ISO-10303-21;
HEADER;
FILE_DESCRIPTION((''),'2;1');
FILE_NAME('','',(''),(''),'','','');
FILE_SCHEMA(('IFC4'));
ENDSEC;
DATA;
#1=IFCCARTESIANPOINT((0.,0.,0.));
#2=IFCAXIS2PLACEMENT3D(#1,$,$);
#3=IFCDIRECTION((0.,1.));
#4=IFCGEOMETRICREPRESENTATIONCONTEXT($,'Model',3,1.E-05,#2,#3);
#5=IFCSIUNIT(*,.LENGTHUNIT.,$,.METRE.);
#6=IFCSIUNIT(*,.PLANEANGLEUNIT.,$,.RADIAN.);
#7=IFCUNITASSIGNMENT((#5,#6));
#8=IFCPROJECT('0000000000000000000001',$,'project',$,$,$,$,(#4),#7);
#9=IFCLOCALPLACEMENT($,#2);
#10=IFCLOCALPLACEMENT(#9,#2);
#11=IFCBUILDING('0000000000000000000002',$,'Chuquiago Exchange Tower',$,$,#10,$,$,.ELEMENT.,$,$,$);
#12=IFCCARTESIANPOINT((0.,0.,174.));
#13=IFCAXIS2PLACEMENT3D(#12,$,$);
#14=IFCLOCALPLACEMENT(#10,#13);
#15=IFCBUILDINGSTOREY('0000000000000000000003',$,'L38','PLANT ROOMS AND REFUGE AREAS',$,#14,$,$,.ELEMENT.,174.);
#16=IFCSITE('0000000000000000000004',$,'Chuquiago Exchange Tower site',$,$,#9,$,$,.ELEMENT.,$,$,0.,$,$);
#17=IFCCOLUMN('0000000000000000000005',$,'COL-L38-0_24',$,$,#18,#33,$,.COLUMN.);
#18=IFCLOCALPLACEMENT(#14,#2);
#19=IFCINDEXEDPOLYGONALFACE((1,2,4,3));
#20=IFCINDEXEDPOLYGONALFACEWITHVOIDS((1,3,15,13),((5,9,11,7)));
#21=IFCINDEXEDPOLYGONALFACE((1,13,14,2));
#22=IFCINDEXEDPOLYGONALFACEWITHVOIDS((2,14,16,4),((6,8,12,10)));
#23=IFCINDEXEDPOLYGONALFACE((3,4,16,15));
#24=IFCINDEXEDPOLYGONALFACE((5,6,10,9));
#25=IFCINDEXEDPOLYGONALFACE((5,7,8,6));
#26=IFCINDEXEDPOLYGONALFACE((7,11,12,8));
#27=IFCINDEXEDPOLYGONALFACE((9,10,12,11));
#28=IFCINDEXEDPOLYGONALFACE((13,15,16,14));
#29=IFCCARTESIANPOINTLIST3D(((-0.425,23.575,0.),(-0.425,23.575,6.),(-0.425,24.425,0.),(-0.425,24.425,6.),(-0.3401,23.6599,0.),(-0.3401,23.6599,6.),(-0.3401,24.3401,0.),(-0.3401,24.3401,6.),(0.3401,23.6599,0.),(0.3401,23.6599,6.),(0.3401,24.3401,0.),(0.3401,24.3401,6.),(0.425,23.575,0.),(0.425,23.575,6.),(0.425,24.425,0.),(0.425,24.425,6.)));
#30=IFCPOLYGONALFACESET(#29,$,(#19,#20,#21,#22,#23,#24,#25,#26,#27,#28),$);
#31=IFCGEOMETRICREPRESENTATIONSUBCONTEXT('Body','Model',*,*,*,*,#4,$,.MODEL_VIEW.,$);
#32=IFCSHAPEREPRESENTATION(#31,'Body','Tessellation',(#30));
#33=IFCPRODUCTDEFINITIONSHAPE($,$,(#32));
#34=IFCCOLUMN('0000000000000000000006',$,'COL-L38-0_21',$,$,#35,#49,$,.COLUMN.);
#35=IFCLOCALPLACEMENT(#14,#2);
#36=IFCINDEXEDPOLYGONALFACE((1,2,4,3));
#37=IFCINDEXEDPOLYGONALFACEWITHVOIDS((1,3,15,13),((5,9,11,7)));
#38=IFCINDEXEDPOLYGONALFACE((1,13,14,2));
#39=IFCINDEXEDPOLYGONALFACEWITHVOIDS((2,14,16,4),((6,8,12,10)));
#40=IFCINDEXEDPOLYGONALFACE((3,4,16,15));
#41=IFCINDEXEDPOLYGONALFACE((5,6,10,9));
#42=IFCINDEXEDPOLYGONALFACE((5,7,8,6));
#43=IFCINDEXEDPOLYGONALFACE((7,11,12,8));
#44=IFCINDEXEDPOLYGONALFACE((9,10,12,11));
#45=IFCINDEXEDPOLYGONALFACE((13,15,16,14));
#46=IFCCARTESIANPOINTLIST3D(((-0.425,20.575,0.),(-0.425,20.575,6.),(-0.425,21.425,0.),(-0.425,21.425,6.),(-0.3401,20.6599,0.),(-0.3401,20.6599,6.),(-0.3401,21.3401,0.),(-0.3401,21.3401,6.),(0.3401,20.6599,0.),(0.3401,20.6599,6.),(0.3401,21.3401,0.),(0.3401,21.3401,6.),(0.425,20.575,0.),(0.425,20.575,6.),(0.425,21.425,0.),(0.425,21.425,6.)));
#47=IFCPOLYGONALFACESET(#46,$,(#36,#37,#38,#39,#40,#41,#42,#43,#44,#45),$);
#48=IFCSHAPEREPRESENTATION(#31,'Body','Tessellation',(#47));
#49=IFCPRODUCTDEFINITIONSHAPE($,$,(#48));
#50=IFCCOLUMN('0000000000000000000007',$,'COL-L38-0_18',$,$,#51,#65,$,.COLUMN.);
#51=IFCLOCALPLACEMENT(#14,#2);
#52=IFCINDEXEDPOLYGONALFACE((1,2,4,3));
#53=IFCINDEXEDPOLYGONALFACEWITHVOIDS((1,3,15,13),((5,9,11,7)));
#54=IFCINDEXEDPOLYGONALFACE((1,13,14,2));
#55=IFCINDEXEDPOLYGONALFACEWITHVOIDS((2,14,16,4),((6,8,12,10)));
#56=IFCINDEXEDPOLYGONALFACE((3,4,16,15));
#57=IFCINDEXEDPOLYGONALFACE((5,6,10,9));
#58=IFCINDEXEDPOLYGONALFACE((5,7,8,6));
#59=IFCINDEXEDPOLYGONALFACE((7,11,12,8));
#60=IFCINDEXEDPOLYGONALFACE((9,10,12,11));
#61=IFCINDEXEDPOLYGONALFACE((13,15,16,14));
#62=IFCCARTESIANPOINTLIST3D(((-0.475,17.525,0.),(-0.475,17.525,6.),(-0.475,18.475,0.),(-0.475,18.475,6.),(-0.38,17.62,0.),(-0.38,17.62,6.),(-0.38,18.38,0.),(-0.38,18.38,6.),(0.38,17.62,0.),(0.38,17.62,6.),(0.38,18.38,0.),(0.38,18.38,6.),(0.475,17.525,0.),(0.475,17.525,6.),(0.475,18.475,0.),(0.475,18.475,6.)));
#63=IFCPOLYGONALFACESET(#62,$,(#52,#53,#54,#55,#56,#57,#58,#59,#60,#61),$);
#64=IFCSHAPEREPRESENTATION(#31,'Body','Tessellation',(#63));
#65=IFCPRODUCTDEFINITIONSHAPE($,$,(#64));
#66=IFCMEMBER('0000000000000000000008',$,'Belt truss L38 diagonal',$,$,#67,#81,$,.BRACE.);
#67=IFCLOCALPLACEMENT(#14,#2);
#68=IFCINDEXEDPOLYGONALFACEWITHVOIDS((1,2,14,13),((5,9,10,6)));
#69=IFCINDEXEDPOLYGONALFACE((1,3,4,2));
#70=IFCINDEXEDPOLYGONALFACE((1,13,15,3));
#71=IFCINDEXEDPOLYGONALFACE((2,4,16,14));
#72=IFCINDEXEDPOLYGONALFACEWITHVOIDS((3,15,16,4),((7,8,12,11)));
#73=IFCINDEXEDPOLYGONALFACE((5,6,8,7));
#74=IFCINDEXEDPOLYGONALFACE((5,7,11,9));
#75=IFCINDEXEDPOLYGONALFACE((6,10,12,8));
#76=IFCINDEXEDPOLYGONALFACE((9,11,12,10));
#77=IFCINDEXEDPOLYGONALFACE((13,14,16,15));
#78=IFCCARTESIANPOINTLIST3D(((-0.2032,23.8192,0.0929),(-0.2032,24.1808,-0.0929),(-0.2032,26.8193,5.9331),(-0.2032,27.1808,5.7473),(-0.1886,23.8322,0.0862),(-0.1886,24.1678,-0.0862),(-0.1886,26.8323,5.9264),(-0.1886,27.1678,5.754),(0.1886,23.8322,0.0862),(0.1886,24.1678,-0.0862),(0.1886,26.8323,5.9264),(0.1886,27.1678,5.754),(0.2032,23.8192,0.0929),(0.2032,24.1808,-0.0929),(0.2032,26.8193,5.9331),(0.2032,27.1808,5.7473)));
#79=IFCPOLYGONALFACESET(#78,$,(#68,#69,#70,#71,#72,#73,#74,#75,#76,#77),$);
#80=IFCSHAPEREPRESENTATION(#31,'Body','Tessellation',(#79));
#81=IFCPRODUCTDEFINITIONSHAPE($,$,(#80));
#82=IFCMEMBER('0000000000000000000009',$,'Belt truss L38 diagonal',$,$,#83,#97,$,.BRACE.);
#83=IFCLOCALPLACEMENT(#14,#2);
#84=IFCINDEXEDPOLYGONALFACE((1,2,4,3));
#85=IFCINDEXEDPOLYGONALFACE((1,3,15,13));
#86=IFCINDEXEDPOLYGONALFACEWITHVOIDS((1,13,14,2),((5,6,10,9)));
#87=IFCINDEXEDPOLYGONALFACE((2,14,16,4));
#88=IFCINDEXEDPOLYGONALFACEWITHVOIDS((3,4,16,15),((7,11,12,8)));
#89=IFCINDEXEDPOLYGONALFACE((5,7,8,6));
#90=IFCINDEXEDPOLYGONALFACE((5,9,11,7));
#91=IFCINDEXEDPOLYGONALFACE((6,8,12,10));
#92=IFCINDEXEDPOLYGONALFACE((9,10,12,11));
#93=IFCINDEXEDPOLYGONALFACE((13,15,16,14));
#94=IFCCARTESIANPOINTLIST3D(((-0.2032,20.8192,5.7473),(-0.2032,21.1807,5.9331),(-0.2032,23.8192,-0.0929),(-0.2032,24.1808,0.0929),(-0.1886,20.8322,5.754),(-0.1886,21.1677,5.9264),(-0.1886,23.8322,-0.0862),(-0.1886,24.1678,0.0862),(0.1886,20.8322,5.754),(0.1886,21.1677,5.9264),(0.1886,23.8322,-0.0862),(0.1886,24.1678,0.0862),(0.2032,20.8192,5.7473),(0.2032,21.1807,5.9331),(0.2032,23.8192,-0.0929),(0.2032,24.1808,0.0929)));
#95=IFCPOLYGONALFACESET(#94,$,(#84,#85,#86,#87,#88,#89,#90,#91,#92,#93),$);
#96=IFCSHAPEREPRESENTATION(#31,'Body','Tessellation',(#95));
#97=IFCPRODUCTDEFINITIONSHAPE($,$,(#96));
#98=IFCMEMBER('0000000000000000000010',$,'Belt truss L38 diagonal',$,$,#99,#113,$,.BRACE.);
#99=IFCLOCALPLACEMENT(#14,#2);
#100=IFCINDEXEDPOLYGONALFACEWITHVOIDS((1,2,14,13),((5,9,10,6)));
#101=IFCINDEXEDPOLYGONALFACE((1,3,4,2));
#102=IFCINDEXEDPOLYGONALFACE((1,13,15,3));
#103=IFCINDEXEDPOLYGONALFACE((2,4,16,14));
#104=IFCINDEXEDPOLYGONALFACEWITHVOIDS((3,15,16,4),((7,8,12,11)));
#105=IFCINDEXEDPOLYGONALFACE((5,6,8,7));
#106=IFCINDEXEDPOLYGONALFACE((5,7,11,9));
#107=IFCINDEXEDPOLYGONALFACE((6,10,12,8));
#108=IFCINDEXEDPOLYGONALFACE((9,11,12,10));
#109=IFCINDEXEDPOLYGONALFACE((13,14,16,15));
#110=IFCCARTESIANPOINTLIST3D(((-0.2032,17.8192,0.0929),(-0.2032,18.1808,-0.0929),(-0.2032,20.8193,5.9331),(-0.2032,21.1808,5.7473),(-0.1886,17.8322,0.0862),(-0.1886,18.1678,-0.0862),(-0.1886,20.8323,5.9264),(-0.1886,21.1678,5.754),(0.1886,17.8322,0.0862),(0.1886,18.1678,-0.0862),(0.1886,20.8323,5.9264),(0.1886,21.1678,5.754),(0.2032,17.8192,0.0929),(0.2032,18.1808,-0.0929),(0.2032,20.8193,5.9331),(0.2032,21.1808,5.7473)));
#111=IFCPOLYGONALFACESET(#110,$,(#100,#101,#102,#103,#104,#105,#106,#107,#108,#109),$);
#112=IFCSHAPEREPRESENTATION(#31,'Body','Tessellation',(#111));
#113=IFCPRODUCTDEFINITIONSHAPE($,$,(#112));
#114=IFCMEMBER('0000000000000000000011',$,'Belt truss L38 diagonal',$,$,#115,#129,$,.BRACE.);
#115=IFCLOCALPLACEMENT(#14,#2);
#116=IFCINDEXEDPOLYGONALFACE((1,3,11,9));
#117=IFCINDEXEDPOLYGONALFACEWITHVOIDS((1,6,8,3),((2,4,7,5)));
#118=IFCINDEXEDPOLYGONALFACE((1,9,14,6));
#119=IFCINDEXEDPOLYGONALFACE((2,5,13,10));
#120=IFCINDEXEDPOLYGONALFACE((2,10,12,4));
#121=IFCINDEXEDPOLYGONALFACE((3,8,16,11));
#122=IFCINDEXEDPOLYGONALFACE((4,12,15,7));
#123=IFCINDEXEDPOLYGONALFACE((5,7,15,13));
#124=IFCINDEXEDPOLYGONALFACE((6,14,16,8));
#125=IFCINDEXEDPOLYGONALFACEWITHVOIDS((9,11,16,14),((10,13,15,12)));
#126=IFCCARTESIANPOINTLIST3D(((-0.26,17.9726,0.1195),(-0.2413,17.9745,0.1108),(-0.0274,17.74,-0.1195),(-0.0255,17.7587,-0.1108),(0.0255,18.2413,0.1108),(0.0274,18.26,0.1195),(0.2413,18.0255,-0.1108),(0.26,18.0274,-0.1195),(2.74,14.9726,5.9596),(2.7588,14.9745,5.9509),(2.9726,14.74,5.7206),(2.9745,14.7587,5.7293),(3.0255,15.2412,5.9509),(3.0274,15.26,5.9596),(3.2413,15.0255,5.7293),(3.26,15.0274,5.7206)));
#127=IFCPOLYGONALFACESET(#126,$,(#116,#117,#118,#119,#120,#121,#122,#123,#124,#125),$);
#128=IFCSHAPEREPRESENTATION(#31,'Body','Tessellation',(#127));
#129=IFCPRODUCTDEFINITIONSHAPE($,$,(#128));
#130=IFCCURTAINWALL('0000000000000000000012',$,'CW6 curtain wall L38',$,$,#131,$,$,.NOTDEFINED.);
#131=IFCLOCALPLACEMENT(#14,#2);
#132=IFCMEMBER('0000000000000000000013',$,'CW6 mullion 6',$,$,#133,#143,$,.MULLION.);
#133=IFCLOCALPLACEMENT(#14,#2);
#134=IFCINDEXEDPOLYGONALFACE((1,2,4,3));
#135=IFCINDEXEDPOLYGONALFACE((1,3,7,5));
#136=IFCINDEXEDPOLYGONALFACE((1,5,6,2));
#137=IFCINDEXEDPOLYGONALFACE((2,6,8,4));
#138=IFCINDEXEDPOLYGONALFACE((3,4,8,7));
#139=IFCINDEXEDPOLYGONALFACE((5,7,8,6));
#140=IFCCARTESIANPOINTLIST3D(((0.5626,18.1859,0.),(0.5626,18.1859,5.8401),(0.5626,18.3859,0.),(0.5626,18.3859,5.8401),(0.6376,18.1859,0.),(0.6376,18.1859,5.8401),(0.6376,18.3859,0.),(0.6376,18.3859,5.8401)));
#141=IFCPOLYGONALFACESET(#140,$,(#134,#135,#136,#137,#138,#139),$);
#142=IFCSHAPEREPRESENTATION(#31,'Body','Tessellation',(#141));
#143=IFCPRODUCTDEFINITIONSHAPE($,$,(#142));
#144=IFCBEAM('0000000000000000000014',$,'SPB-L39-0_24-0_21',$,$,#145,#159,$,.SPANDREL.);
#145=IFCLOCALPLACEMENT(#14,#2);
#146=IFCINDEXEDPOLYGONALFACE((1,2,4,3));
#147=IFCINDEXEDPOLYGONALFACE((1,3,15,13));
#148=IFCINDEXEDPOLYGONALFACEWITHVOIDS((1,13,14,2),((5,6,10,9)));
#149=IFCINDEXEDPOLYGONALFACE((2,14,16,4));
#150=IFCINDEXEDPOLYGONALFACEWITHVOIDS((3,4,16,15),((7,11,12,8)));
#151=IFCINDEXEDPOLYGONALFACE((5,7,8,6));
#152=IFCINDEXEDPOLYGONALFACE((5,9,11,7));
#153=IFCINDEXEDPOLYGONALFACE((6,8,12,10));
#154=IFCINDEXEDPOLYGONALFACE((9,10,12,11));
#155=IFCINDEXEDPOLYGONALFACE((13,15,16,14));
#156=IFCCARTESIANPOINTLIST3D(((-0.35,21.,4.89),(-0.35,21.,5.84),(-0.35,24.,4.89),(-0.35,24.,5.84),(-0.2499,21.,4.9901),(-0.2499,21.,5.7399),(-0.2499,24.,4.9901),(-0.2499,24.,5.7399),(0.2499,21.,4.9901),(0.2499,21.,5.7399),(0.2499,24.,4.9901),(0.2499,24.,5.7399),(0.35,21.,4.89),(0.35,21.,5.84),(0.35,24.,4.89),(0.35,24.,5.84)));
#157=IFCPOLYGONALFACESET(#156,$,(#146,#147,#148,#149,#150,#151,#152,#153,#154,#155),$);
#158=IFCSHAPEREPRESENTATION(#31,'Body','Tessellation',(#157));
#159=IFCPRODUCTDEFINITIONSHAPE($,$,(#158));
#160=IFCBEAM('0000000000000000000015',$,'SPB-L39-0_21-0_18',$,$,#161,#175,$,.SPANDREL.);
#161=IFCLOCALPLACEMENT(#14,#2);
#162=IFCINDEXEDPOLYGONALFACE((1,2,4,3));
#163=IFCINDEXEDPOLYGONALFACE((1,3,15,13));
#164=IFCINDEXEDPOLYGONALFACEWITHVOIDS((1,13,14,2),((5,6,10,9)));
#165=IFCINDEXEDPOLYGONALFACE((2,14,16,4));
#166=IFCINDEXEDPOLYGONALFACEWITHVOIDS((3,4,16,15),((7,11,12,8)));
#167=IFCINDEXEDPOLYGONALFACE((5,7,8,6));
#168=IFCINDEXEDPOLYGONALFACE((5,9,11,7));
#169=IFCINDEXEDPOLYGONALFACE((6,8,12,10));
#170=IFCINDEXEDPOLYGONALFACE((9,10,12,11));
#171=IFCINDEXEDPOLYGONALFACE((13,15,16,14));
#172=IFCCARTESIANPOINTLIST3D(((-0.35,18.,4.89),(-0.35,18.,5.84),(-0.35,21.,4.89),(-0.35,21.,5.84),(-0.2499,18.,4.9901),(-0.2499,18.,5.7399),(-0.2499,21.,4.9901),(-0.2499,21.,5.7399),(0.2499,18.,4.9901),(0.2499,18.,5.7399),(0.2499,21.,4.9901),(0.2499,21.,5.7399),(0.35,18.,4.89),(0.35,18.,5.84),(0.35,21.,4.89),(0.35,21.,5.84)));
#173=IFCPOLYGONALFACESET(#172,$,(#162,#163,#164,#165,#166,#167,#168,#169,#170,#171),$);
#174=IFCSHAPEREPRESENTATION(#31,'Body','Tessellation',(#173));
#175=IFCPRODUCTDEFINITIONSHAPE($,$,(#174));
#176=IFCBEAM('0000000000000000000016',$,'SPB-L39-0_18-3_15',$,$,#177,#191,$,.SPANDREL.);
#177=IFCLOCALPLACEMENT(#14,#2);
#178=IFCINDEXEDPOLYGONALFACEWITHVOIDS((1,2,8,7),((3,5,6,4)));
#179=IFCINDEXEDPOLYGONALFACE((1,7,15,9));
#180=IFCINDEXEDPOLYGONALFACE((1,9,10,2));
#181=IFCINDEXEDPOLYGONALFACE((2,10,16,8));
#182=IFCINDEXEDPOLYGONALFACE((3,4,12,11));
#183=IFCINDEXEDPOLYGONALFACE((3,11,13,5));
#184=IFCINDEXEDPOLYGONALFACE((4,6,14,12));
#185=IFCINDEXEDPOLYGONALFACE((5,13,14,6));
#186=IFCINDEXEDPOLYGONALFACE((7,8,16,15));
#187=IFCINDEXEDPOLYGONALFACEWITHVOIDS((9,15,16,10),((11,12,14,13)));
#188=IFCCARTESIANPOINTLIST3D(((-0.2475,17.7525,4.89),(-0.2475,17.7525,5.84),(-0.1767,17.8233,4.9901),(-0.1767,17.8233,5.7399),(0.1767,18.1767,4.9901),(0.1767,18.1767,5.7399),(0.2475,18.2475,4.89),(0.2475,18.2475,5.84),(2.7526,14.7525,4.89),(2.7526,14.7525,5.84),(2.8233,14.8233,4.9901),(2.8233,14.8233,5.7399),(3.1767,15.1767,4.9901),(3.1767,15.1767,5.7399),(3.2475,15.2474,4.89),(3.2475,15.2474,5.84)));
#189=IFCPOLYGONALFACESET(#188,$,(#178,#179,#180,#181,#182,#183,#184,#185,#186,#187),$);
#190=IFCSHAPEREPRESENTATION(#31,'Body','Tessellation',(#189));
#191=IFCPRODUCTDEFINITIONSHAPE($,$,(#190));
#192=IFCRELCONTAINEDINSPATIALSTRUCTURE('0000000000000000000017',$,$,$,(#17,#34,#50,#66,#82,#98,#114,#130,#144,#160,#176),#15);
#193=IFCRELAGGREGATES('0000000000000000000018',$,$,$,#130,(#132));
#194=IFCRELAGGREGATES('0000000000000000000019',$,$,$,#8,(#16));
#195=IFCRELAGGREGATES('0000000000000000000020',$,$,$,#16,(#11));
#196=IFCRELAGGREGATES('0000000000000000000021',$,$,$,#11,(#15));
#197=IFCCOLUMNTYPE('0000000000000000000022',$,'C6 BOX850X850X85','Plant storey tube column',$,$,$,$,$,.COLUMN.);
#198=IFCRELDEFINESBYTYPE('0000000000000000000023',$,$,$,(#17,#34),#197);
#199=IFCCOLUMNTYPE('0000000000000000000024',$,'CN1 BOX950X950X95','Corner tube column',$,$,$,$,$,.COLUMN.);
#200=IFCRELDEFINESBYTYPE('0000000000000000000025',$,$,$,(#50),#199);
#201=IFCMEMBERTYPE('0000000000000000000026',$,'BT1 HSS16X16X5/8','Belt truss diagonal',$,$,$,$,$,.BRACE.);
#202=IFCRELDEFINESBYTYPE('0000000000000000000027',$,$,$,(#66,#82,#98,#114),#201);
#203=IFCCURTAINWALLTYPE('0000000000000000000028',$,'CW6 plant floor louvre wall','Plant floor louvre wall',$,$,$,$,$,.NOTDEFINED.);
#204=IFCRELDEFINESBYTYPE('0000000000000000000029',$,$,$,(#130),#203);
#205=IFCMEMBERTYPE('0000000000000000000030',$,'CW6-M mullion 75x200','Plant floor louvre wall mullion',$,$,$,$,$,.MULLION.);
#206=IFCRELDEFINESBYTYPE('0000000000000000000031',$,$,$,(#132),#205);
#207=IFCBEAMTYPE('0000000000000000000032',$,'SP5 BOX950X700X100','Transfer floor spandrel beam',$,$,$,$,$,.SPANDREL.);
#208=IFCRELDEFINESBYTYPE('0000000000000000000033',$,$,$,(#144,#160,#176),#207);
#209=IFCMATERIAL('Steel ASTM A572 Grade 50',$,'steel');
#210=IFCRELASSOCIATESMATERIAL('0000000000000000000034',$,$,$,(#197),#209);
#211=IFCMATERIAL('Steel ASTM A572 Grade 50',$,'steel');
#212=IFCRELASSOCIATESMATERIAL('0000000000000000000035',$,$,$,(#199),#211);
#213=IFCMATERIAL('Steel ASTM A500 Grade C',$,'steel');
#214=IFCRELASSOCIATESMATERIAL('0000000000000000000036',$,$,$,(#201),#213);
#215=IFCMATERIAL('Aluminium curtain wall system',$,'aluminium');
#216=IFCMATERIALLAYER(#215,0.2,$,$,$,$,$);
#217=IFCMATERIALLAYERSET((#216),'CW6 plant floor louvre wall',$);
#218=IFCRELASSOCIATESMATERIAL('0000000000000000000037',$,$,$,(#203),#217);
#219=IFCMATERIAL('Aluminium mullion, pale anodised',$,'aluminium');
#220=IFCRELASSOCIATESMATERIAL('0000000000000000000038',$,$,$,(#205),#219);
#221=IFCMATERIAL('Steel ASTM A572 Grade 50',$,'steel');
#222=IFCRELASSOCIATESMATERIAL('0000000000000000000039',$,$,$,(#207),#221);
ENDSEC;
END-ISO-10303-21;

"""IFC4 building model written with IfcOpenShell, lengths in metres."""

from ifc_helpers import new_model, si_unit, direction, frame, origin, origin_2d, place, context, subcontext, project, spatial, rectangle, hollow_rectangle, extrude, material, layer, layer_set, material_profile, profile_set, type_object, element, aggregate, save


model = new_model("IFC4")

# Units and contexts
model_context = context("Model", 3, precision=1e-05, world=origin(), true_north=direction((0.0, 1.0)))
body_context = subcontext(model_context, "Body", "Model", "MODEL_VIEW")
ifc_project = project(units=[si_unit("LENGTHUNIT", "METRE"), si_unit("PLANEANGLEUNIT", "RADIAN")], contexts=[model_context])

# Site, building, storey
site_placement = place(None, origin())
site = spatial("IfcSite", under=ifc_project, at=site_placement, Name="Chuquiago Exchange Tower site", CompositionType="ELEMENT", RefElevation=0.0)
building_placement = place(site_placement, origin())
building = spatial("IfcBuilding", under=site, at=building_placement, Name="Chuquiago Exchange Tower", CompositionType="ELEMENT")
storey_placement = place(building_placement, frame((0.0, 0.0, 174.0)))
storey = spatial("IfcBuildingStorey", under=building, at=storey_placement, Name="L38", Description="PLANT ROOMS AND REFUGE AREAS", CompositionType="ELEMENT", Elevation=174.0)

# Columns
ifc_material_1 = material(Name="Steel ASTM A572 Grade 50", Category="steel")
ifc_material_profile_1 = material_profile(ifc_material_1, hollow_rectangle(XDim=0.8501, YDim=0.8501, WallThickness=0.085, at=origin_2d()), Name="BOX850X850X85")
ifc_profile_set_1 = profile_set([ifc_material_profile_1], Name="Steel ASTM A572 Grade 50")
column_type_1 = type_object("IfcColumnType", Name="C6 BOX850X850X85", Description="Plant storey tube column", PredefinedType="COLUMN", material=ifc_profile_set_1)
for number, where, z_axis, x_axis, name in (
    (1, (0.0, 24.0, 0.0), (0.0, 0.0, 1.0), (-1.0, 0.0, 0.0), "COL-L38-0_24"),
    (2, (0.0, 21.0, 0.0), (0.0, 0.0, 1.0), (-1.0, 0.0, 0.0), "COL-L38-0_21"),
):
    element("IfcColumn", number, at=place(storey_placement, frame(where, z_axis=z_axis, x_axis=x_axis)), inside=storey, type_object=column_type_1, Name=name, PredefinedType="COLUMN", context=body_context, shape_type="SweptSolid", body=[
        extrude(hollow_rectangle(XDim=0.8501, YDim=0.8501, WallThickness=0.085, at=origin_2d()), origin(), (0.0, 0.0, 1.0), 6.0),
    ])
ifc_material_2 = material(Name="Steel ASTM A572 Grade 50", Category="steel")
ifc_material_profile_2 = material_profile(ifc_material_2, hollow_rectangle(XDim=0.95, YDim=0.95, WallThickness=0.095, at=origin_2d()), Name="BOX950X950X95")
ifc_profile_set_2 = profile_set([ifc_material_profile_2], Name="Steel ASTM A572 Grade 50")
column_type_2 = type_object("IfcColumnType", Name="CN1 BOX950X950X95", Description="Corner tube column", PredefinedType="COLUMN", material=ifc_profile_set_2)
column_placement = place(storey_placement, frame((0.0, 18.0, 0.0), z_axis=(0.0, 0.0, 1.0), x_axis=(-1.0, 0.0, 0.0)))
element("IfcColumn", 3, at=column_placement, inside=storey, type_object=column_type_2, Name="COL-L38-0_18", PredefinedType="COLUMN", context=body_context, shape_type="SweptSolid", body=[
    extrude(hollow_rectangle(XDim=0.95, YDim=0.95, WallThickness=0.095, at=origin_2d()), origin(), (0.0, 0.0, 1.0), 6.0),
])

# Members
ifc_material_3 = material(Name="Steel ASTM A500 Grade C", Category="steel")
ifc_material_profile_3 = material_profile(ifc_material_3, hollow_rectangle(XDim=0.4065, YDim=0.4065, WallThickness=0.0146, at=origin_2d()), Name="HSS16X16X5/8")
ifc_profile_set_3 = profile_set([ifc_material_profile_3], Name="Steel ASTM A500 Grade C")
member_type_1 = type_object("IfcMemberType", Name="BT1 HSS16X16X5/8", Description="Belt truss diagonal", PredefinedType="BRACE", material=ifc_profile_set_3)
for number, where, z_axis, x_axis, name in (
    (4, (0.0, 24.0, 0.0), (0.0, 0.45693, 0.889503), (-1.0, 0.0, 0.0), "Belt truss L38 diagonal"),
    (5, (0.0, 24.0, 0.0), (0.0, -0.45693, 0.889503), (1.0, 0.0, 0.0), "Belt truss L38 diagonal"),
    (6, (0.0, 18.0, 0.0), (0.0, 0.45693, 0.889503), (-1.0, 0.0, 0.0), "Belt truss L38 diagonal"),
):
    element("IfcMember", number, at=place(storey_placement, frame(where, z_axis=z_axis, x_axis=x_axis)), inside=storey, type_object=member_type_1, Name=name, PredefinedType="BRACE", context=body_context, shape_type="SweptSolid", body=[
        extrude(hollow_rectangle(XDim=0.4065, YDim=0.4065, WallThickness=0.0146, at=origin_2d()), origin(), (0.0, 0.0, 1.0), 6.5657),
    ])
member_1_placement = place(storey_placement, frame((0.0, 18.0, 0.0), z_axis=(0.415599, -0.415599, 0.809045), x_axis=(0.707107, 0.707107, 0.0)))
element("IfcMember", 7, at=member_1_placement, inside=storey, type_object=member_type_1, Name="Belt truss L38 diagonal", PredefinedType="BRACE", context=body_context, shape_type="SweptSolid", body=[
    extrude(hollow_rectangle(XDim=0.4065, YDim=0.4065, WallThickness=0.0146, at=origin_2d()), origin(), (0.0, 0.0, 1.0), 7.2185),
])

# Curtain wall, member
ifc_material_4 = material(Name="Aluminium curtain wall system", Category="aluminium")
ifc_layer_1 = layer(ifc_material_4, 0.2)
ifc_layer_set_1 = layer_set([ifc_layer_1], Name="CW6 plant floor louvre wall")
curtain_wall_type = type_object("IfcCurtainWallType", Name="CW6 plant floor louvre wall", Description="Plant floor louvre wall", PredefinedType="NOTDEFINED", material=ifc_layer_set_1)
curtain_wall_placement = place(storey_placement, origin())
curtain_wall = element("IfcCurtainWall", 8, at=curtain_wall_placement, inside=storey, type_object=curtain_wall_type, Name="CW6 curtain wall L38", PredefinedType="NOTDEFINED")
ifc_material_5 = material(Name="Aluminium mullion, pale anodised", Category="aluminium")
ifc_material_profile_4 = material_profile(ifc_material_5, rectangle(XDim=0.075, YDim=0.2, at=origin_2d()), Name="AL 75x200")
ifc_profile_set_4 = profile_set([ifc_material_profile_4], Name="Aluminium mullion, pale anodised")
member_type_2 = type_object("IfcMemberType", Name="CW6-M mullion 75x200", Description="Plant floor louvre wall mullion", PredefinedType="MULLION", material=ifc_profile_set_4)
member_2_placement = place(storey_placement, frame((0.6001, 18.2859, 0.0), z_axis=(0.0, 0.0, 1.0), x_axis=(1.0, 0.0, 0.0)))
member_2 = element("IfcMember", 9, at=member_2_placement, type_object=member_type_2, Name="CW6 mullion 6", PredefinedType="MULLION", context=body_context, shape_type="SweptSolid", body=[
    extrude(rectangle(XDim=0.075, YDim=0.2, at=origin_2d()), origin(), (0.0, 0.0, 1.0), 5.8401),
])
aggregate(curtain_wall, [member_2])

# Beams
ifc_material_6 = material(Name="Steel ASTM A572 Grade 50", Category="steel")
ifc_material_profile_5 = material_profile(ifc_material_6, hollow_rectangle(XDim=0.7, YDim=0.95, WallThickness=0.1001, at=origin_2d()), Name="BOX950X700X100")
ifc_profile_set_5 = profile_set([ifc_material_profile_5], Name="Steel ASTM A572 Grade 50")
beam_type = type_object("IfcBeamType", Name="SP5 BOX950X700X100", Description="Transfer floor spandrel beam", PredefinedType="SPANDREL", material=ifc_profile_set_5)
for number, where, z_axis, x_axis, name in (
    (10, (0.0, 24.0, 5.365), (0.0, -1.0, 0.0), (1.0, 0.0, 0.0), "SPB-L39-0_24-0_21"),
    (11, (0.0, 21.0, 5.365), (0.0, -1.0, 0.0), (1.0, 0.0, 0.0), "SPB-L39-0_21-0_18"),
):
    element("IfcBeam", number, at=place(storey_placement, frame(where, z_axis=z_axis, x_axis=x_axis)), inside=storey, type_object=beam_type, Name=name, PredefinedType="SPANDREL", context=body_context, shape_type="SweptSolid", body=[
        extrude(hollow_rectangle(XDim=0.7, YDim=0.95, WallThickness=0.1001, at=origin_2d()), origin(), (0.0, 0.0, 1.0), 3.0),
    ])
beam_placement = place(storey_placement, frame((0.0, 18.0, 5.365), z_axis=(0.707107, -0.707107, 0.0), x_axis=(0.707107, 0.707107, 0.0)))
element("IfcBeam", 12, at=beam_placement, inside=storey, type_object=beam_type, Name="SPB-L39-0_18-3_15", PredefinedType="SPANDREL", context=body_context, shape_type="SweptSolid", body=[
    extrude(hollow_rectangle(XDim=0.7, YDim=0.95, WallThickness=0.1001, at=origin_2d()), origin(), (0.0, 0.0, 1.0), 4.2427),
])

save(model, "model.ifc")
